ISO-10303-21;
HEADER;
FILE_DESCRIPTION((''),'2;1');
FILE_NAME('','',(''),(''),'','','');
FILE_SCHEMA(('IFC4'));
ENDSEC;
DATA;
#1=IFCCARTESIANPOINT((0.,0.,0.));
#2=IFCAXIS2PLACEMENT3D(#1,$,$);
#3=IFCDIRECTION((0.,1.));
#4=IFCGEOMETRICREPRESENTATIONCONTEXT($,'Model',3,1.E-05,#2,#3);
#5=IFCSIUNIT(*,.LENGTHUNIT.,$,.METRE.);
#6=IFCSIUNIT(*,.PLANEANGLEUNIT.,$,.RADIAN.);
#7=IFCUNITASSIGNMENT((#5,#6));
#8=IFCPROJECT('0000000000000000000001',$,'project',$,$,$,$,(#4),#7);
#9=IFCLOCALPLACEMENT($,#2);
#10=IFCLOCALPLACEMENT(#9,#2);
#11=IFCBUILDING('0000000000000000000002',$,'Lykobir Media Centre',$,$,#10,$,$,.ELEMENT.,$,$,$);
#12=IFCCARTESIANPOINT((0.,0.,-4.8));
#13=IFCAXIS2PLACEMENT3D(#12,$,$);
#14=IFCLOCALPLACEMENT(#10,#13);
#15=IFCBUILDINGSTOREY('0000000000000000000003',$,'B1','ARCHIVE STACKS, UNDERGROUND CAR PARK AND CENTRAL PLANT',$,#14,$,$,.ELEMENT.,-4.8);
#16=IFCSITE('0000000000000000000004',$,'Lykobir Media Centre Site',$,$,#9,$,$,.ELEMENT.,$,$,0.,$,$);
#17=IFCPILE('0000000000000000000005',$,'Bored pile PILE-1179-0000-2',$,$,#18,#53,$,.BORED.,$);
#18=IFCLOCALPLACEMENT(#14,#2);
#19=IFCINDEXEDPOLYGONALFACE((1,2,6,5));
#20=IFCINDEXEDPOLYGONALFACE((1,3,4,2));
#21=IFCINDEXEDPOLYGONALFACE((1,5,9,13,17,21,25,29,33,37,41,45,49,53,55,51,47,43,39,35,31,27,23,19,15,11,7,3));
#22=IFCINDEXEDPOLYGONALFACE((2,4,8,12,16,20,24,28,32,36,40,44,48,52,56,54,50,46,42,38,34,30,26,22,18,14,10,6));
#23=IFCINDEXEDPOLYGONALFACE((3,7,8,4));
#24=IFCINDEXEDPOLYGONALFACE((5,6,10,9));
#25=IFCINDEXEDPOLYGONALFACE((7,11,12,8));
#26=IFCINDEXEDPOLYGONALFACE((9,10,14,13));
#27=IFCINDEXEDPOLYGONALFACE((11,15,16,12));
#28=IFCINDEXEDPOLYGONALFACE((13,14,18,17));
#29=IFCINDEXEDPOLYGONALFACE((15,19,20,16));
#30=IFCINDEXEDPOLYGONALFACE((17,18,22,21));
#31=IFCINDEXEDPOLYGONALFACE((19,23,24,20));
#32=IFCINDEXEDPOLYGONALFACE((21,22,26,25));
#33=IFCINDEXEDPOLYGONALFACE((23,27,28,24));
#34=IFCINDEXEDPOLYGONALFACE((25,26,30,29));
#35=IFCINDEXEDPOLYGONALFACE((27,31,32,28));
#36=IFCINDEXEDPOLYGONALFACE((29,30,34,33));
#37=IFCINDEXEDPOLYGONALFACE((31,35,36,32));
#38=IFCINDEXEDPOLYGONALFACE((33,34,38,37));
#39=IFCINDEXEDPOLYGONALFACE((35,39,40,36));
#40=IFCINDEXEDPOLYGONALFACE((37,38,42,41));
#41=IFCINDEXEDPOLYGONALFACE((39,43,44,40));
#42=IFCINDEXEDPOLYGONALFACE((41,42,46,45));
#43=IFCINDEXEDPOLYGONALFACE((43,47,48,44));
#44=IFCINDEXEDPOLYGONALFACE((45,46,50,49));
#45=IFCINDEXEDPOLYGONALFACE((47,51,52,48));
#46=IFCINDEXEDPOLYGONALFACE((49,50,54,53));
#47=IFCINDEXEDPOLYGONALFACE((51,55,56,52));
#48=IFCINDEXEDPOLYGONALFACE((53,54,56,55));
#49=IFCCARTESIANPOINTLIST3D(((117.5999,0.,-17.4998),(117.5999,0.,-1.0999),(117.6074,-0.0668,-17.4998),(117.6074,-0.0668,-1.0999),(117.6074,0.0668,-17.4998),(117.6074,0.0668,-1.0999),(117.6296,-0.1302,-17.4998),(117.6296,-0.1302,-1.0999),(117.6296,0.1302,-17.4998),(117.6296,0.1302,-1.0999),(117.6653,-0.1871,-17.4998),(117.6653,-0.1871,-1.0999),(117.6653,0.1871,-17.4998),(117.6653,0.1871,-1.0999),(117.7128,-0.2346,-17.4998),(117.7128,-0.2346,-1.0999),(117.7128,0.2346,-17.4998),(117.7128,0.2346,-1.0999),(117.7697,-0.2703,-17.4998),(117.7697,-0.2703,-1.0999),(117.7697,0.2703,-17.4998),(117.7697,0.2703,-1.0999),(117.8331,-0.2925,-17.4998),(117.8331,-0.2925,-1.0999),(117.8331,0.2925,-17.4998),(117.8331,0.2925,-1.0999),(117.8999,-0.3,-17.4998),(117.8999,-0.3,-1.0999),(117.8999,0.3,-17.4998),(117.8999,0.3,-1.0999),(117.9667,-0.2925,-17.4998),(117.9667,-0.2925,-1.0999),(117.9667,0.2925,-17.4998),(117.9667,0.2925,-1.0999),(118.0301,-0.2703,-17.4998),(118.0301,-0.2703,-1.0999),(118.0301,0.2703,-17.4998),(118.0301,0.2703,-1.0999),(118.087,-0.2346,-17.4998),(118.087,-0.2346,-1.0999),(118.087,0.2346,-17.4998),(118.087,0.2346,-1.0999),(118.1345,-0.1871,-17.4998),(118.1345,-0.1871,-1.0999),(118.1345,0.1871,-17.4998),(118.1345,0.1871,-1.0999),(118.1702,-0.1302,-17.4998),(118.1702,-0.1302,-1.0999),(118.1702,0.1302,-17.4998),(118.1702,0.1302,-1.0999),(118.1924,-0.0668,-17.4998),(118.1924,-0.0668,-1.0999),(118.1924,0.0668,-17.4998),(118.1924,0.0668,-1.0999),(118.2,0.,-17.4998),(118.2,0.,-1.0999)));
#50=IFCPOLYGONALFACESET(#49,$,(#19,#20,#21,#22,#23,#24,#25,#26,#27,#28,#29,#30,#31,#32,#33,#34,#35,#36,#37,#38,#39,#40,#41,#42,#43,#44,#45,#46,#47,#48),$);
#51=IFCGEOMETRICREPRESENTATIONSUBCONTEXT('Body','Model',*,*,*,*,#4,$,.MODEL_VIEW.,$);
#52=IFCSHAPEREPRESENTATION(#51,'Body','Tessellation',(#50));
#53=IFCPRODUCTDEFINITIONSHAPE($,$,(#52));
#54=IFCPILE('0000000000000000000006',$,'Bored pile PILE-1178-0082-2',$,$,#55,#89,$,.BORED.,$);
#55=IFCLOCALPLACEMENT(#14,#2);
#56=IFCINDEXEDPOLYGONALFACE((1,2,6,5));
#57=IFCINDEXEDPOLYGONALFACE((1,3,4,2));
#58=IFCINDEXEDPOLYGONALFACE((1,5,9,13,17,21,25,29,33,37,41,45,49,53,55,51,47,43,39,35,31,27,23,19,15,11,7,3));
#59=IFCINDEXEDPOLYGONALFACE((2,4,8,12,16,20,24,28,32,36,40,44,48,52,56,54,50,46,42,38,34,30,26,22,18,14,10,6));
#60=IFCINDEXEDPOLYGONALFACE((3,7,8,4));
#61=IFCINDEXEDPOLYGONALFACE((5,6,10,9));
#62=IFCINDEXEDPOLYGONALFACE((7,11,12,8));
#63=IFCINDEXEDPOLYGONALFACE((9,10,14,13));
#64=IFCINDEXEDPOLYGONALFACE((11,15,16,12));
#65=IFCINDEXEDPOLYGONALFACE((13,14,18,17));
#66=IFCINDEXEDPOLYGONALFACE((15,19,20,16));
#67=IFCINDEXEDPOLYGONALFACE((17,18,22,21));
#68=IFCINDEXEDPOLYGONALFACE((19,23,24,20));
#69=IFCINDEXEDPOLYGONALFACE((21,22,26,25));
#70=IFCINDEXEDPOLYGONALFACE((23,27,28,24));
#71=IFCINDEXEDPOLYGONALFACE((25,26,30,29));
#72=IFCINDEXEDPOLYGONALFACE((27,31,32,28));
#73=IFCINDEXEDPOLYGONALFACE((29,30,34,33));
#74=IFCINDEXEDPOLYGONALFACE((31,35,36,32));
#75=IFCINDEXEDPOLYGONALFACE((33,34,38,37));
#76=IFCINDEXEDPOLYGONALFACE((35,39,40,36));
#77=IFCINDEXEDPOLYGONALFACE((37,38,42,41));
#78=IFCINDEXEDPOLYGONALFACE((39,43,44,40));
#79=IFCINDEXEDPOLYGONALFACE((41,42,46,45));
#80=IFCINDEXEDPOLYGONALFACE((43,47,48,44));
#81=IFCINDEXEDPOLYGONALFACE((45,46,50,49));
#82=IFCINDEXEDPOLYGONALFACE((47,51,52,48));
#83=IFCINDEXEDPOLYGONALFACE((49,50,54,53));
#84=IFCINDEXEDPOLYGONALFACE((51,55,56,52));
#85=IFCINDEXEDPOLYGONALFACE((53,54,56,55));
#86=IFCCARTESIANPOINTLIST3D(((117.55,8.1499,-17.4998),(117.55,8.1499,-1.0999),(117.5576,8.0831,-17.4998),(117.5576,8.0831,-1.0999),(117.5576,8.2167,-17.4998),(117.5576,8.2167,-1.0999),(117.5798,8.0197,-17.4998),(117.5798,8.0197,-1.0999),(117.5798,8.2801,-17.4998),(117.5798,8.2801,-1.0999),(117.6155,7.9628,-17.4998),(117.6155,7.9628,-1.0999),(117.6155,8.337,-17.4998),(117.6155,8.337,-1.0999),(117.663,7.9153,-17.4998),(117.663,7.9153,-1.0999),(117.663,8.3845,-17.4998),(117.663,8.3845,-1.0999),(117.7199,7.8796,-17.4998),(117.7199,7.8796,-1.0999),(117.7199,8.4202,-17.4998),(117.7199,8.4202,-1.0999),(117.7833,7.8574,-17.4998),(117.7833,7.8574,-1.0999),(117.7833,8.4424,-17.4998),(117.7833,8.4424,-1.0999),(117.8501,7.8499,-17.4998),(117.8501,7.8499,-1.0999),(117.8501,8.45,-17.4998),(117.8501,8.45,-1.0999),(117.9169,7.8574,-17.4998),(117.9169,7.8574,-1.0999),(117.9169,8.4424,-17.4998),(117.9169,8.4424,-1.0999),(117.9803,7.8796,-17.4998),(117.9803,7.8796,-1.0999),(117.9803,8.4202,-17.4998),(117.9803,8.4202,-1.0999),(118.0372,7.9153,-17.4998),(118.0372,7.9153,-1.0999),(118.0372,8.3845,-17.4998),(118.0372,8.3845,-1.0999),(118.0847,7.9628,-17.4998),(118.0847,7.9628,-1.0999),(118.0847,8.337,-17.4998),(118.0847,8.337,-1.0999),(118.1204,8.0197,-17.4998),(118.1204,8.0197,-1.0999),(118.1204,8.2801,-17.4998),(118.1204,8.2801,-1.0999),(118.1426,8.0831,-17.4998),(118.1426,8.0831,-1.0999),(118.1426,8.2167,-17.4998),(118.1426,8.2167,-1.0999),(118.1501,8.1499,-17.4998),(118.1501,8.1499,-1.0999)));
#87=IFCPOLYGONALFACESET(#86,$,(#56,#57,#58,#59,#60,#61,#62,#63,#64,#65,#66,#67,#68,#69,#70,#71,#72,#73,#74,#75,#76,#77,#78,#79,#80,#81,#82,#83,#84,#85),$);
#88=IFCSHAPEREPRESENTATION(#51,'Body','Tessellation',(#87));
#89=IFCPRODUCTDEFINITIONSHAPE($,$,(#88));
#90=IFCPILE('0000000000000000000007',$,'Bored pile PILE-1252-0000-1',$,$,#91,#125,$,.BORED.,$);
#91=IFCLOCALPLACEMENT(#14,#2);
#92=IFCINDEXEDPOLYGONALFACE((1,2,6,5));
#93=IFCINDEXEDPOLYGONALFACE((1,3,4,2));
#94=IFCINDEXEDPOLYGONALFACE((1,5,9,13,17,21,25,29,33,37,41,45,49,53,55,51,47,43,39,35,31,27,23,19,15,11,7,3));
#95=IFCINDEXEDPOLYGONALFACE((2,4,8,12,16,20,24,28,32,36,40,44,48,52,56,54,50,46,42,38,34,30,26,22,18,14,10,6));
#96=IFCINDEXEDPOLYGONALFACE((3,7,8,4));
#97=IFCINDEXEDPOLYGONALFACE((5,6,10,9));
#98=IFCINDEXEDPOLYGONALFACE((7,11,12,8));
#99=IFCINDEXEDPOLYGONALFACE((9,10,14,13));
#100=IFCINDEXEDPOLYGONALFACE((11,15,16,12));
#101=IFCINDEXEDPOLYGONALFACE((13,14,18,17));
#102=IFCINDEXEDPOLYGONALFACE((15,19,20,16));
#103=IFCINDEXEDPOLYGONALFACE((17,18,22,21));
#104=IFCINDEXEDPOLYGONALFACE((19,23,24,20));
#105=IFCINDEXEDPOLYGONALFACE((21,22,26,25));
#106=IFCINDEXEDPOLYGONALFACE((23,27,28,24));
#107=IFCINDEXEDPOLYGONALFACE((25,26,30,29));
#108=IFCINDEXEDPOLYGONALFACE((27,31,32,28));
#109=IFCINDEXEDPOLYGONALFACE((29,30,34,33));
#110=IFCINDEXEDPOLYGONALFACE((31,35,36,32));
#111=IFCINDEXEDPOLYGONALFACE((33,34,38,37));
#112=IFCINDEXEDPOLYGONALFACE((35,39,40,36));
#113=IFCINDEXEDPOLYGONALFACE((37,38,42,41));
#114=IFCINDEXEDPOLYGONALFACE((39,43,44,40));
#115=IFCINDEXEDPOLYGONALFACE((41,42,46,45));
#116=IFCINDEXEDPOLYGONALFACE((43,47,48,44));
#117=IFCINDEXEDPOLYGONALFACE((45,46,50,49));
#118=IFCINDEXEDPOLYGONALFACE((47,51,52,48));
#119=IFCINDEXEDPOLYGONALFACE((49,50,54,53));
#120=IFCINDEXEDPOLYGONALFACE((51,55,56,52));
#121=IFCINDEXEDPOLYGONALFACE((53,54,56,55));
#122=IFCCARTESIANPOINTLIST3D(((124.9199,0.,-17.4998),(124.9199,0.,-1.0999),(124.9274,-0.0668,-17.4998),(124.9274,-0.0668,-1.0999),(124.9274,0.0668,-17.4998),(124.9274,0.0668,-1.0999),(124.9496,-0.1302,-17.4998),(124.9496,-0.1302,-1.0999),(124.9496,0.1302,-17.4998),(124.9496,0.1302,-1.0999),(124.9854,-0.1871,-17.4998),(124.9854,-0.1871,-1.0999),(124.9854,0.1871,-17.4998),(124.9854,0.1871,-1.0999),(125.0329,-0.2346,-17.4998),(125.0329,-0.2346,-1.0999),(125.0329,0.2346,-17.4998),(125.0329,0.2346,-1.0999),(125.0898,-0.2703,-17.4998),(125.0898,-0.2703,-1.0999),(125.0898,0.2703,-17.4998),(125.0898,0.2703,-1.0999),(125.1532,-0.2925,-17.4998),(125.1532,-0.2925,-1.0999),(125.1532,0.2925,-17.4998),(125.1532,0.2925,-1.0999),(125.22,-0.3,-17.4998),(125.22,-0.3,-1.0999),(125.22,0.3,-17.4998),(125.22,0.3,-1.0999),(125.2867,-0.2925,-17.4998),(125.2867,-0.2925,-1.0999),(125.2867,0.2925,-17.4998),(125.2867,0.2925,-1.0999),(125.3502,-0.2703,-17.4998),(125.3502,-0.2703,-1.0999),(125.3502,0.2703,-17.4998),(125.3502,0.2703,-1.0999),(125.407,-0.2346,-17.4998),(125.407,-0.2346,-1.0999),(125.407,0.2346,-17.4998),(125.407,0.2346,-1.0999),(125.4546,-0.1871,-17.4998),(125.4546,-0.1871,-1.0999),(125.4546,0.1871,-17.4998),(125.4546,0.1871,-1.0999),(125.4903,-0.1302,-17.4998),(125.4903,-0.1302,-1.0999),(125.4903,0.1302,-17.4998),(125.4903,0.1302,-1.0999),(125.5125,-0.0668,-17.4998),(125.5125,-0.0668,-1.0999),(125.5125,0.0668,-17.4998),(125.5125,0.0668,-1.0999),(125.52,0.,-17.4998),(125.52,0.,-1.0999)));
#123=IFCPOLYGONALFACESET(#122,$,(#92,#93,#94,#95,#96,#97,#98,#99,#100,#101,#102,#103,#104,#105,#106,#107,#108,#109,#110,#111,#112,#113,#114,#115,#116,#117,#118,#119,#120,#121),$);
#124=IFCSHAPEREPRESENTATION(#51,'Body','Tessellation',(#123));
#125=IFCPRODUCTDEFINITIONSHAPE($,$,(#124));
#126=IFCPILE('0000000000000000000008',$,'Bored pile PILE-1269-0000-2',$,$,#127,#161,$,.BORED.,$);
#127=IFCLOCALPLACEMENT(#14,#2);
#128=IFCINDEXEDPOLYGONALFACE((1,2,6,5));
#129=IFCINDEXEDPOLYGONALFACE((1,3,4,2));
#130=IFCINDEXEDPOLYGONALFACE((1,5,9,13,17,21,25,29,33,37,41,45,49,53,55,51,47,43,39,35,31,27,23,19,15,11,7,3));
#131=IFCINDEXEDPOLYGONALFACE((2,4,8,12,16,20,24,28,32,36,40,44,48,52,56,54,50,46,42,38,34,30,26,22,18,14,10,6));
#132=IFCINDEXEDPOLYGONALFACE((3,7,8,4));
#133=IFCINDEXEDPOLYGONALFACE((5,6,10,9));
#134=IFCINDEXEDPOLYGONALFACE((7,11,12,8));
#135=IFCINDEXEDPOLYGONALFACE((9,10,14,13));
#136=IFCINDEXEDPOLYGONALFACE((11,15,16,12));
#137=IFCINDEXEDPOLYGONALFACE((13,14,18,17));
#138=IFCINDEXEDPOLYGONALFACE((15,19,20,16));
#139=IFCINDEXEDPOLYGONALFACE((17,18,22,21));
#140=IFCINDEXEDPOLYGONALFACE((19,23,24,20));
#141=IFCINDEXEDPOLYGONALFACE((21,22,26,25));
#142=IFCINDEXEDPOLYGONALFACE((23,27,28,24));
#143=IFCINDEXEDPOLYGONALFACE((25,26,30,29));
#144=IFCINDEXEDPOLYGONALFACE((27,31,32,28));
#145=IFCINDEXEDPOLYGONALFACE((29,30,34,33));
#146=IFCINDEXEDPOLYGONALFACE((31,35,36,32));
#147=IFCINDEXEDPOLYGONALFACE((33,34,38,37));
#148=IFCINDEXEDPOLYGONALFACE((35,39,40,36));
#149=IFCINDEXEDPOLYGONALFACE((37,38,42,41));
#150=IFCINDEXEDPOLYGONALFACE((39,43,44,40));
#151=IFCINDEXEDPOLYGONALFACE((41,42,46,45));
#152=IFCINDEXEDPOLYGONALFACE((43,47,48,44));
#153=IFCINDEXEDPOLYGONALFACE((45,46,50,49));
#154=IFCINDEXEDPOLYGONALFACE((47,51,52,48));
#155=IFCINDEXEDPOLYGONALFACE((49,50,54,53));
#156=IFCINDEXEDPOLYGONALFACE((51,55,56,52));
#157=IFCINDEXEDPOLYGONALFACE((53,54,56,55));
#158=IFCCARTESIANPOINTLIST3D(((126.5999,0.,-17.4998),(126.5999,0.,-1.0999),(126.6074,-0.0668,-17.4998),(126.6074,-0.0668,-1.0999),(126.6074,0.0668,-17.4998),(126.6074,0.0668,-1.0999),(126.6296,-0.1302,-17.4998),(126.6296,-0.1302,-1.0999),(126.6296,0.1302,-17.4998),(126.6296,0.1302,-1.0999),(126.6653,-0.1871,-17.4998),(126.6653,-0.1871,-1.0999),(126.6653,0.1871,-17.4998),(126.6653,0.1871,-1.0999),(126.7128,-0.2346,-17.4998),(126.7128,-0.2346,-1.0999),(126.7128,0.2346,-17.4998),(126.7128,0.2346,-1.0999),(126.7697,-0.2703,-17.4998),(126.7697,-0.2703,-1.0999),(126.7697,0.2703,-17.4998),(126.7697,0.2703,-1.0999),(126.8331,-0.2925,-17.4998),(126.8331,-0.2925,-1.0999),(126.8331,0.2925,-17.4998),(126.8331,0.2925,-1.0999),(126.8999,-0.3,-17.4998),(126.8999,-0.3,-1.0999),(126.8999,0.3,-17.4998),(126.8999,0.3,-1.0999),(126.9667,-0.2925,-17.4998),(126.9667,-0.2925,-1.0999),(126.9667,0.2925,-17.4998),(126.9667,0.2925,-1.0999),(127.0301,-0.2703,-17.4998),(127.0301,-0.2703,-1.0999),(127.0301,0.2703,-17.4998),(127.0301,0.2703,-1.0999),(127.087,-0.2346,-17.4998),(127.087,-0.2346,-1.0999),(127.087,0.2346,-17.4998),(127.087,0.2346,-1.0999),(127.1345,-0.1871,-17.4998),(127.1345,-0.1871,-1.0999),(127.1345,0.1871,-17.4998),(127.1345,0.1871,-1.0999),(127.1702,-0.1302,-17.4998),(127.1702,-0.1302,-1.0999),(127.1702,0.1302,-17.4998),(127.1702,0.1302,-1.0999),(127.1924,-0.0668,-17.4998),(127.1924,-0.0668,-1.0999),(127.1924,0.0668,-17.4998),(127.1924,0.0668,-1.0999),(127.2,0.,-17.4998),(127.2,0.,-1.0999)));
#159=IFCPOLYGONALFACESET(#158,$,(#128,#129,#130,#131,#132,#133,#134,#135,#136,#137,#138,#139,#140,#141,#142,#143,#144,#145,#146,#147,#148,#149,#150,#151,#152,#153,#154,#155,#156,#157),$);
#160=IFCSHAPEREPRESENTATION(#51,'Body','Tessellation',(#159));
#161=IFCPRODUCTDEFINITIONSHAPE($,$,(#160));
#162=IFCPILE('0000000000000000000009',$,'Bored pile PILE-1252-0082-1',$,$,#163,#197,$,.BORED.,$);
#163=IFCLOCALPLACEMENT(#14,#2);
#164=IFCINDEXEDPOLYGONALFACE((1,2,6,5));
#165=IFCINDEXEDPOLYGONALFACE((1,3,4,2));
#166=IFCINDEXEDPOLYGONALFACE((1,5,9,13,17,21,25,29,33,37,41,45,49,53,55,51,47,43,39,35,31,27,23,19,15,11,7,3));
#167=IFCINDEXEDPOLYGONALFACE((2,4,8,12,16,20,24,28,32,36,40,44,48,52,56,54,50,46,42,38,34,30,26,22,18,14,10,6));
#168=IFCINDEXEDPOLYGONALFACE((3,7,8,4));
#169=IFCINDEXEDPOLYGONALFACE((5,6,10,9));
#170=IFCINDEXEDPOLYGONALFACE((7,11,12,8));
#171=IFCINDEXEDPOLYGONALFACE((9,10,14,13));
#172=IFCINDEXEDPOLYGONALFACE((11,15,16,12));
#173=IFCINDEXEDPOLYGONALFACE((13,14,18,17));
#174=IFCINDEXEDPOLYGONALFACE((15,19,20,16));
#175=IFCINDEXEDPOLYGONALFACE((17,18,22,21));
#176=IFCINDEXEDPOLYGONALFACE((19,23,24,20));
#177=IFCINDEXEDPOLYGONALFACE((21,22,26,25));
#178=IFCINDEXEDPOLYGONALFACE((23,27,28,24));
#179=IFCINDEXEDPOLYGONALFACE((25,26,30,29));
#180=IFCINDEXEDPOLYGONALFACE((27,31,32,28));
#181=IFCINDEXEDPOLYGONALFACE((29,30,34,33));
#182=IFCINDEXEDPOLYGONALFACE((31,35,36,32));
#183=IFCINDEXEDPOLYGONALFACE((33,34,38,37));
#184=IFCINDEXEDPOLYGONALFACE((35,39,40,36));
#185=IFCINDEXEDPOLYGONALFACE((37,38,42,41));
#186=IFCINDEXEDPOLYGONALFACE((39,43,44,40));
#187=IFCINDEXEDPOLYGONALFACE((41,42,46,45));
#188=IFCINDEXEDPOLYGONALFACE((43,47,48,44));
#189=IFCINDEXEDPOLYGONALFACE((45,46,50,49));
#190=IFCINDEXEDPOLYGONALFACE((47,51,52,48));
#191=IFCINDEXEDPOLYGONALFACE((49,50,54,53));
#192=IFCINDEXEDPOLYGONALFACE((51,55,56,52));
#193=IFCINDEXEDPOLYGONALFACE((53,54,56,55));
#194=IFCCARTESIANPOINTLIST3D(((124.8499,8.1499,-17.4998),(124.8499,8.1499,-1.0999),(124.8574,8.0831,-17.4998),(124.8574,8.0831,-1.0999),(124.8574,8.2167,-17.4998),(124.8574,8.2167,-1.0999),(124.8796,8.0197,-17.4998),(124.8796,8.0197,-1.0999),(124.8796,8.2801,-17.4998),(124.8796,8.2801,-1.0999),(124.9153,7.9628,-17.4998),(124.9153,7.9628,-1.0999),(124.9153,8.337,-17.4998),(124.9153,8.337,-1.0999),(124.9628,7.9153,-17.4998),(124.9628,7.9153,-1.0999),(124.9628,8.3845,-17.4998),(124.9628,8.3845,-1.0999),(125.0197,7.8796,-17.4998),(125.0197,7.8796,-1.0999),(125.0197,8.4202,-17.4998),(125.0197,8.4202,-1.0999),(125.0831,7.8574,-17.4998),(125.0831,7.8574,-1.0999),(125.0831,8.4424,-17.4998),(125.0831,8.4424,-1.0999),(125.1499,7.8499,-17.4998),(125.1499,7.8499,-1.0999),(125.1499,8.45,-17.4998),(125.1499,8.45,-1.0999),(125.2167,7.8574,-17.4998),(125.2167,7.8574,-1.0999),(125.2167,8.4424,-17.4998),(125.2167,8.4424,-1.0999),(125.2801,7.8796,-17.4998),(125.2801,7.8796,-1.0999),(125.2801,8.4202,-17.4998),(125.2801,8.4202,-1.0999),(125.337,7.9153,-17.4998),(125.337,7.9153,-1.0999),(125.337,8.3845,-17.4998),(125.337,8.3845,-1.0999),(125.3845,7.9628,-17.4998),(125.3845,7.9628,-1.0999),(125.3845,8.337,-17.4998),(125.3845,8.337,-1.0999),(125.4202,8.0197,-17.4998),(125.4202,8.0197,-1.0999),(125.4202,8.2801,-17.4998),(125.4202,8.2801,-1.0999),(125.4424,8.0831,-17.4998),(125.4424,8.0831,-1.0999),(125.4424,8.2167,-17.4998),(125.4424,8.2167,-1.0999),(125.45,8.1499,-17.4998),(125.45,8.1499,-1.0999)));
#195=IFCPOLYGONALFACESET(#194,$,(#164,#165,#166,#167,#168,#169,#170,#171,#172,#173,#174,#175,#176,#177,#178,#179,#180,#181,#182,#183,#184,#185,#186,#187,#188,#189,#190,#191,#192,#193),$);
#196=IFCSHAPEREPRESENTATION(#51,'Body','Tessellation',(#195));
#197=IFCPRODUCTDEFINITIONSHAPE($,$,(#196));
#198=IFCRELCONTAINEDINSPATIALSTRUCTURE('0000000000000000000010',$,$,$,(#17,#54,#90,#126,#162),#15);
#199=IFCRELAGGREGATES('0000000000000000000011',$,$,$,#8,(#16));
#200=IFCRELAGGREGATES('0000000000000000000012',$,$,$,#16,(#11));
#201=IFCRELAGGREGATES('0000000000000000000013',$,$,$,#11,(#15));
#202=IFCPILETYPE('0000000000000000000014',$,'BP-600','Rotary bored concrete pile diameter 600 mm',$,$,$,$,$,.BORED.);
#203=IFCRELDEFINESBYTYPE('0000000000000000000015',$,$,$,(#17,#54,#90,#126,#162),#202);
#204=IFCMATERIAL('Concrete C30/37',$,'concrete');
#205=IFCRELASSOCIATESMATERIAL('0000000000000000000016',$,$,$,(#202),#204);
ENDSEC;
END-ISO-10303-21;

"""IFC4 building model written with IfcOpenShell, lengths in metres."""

from ifc_helpers import new_model, si_unit, direction, frame, origin, origin_2d, place, context, subcontext, project, spatial, circle, extrude, material, material_profile, profile_set, type_object, element, save


model = new_model("IFC4")

# Units and contexts
model_context = context("Model", 3, precision=1e-05, world=origin(), true_north=direction((0.0, 1.0)))
body_context = subcontext(model_context, "Body", "Model", "MODEL_VIEW")
ifc_project = project(units=[si_unit("LENGTHUNIT", "METRE"), si_unit("PLANEANGLEUNIT", "RADIAN")], contexts=[model_context])

# Site, building, storey
site_placement = place(None, origin())
site = spatial("IfcSite", under=ifc_project, at=site_placement, Name="Lykobir Media Centre Site", CompositionType="ELEMENT", RefElevation=0.0)
building_placement = place(site_placement, origin())
building = spatial("IfcBuilding", under=site, at=building_placement, Name="Lykobir Media Centre", CompositionType="ELEMENT")
storey_placement = place(building_placement, frame((0.0, 0.0, -4.8)))
storey = spatial("IfcBuildingStorey", under=building, at=storey_placement, Name="B1", Description="ARCHIVE STACKS, UNDERGROUND CAR PARK AND CENTRAL PLANT", CompositionType="ELEMENT", Elevation=-4.8)

# Piles
ifc_material_1 = material(Name="Concrete C30/37", Category="concrete")
ifc_material_profile_1 = material_profile(ifc_material_1, circle(Radius=0.3, at=origin_2d()), Name="BORED PILE D600")
ifc_profile_set_1 = profile_set([ifc_material_profile_1], Name="Concrete C30/37")
pile_type = type_object("IfcPileType", Name="BP-600", Description="Rotary bored concrete pile diameter 600 mm", PredefinedType="BORED", material=ifc_profile_set_1)
for number, where, z_axis, x_axis, name in (
    (1, (117.8999, 0.0, -1.0999), (0.0, 0.0, -1.0), (1.0, 0.0, 0.0), "Bored pile PILE-1179-0000-2"),
    (2, (117.8501, 8.1499, -1.0999), (0.0, 0.0, -1.0), (1.0, 0.0, 0.0), "Bored pile PILE-1178-0082-2"),
    (3, (125.22, 0.0, -1.0999), (0.0, 0.0, -1.0), (1.0, 0.0, 0.0), "Bored pile PILE-1252-0000-1"),
    (4, (126.8999, 0.0, -1.0999), (0.0, 0.0, -1.0), (1.0, 0.0, 0.0), "Bored pile PILE-1269-0000-2"),
    (5, (125.1499, 8.1499, -1.0999), (0.0, 0.0, -1.0), (1.0, 0.0, 0.0), "Bored pile PILE-1252-0082-1"),
):
    element("IfcPile", number, at=place(storey_placement, frame(where, z_axis=z_axis, x_axis=x_axis)), inside=storey, type_object=pile_type, Name=name, PredefinedType="BORED", context=body_context, shape_type="SweptSolid", body=[
        extrude(circle(Radius=0.3, at=origin_2d()), origin(), (0.0, 0.0, 1.0), 16.3999),
    ])

save(model, "model.ifc")
